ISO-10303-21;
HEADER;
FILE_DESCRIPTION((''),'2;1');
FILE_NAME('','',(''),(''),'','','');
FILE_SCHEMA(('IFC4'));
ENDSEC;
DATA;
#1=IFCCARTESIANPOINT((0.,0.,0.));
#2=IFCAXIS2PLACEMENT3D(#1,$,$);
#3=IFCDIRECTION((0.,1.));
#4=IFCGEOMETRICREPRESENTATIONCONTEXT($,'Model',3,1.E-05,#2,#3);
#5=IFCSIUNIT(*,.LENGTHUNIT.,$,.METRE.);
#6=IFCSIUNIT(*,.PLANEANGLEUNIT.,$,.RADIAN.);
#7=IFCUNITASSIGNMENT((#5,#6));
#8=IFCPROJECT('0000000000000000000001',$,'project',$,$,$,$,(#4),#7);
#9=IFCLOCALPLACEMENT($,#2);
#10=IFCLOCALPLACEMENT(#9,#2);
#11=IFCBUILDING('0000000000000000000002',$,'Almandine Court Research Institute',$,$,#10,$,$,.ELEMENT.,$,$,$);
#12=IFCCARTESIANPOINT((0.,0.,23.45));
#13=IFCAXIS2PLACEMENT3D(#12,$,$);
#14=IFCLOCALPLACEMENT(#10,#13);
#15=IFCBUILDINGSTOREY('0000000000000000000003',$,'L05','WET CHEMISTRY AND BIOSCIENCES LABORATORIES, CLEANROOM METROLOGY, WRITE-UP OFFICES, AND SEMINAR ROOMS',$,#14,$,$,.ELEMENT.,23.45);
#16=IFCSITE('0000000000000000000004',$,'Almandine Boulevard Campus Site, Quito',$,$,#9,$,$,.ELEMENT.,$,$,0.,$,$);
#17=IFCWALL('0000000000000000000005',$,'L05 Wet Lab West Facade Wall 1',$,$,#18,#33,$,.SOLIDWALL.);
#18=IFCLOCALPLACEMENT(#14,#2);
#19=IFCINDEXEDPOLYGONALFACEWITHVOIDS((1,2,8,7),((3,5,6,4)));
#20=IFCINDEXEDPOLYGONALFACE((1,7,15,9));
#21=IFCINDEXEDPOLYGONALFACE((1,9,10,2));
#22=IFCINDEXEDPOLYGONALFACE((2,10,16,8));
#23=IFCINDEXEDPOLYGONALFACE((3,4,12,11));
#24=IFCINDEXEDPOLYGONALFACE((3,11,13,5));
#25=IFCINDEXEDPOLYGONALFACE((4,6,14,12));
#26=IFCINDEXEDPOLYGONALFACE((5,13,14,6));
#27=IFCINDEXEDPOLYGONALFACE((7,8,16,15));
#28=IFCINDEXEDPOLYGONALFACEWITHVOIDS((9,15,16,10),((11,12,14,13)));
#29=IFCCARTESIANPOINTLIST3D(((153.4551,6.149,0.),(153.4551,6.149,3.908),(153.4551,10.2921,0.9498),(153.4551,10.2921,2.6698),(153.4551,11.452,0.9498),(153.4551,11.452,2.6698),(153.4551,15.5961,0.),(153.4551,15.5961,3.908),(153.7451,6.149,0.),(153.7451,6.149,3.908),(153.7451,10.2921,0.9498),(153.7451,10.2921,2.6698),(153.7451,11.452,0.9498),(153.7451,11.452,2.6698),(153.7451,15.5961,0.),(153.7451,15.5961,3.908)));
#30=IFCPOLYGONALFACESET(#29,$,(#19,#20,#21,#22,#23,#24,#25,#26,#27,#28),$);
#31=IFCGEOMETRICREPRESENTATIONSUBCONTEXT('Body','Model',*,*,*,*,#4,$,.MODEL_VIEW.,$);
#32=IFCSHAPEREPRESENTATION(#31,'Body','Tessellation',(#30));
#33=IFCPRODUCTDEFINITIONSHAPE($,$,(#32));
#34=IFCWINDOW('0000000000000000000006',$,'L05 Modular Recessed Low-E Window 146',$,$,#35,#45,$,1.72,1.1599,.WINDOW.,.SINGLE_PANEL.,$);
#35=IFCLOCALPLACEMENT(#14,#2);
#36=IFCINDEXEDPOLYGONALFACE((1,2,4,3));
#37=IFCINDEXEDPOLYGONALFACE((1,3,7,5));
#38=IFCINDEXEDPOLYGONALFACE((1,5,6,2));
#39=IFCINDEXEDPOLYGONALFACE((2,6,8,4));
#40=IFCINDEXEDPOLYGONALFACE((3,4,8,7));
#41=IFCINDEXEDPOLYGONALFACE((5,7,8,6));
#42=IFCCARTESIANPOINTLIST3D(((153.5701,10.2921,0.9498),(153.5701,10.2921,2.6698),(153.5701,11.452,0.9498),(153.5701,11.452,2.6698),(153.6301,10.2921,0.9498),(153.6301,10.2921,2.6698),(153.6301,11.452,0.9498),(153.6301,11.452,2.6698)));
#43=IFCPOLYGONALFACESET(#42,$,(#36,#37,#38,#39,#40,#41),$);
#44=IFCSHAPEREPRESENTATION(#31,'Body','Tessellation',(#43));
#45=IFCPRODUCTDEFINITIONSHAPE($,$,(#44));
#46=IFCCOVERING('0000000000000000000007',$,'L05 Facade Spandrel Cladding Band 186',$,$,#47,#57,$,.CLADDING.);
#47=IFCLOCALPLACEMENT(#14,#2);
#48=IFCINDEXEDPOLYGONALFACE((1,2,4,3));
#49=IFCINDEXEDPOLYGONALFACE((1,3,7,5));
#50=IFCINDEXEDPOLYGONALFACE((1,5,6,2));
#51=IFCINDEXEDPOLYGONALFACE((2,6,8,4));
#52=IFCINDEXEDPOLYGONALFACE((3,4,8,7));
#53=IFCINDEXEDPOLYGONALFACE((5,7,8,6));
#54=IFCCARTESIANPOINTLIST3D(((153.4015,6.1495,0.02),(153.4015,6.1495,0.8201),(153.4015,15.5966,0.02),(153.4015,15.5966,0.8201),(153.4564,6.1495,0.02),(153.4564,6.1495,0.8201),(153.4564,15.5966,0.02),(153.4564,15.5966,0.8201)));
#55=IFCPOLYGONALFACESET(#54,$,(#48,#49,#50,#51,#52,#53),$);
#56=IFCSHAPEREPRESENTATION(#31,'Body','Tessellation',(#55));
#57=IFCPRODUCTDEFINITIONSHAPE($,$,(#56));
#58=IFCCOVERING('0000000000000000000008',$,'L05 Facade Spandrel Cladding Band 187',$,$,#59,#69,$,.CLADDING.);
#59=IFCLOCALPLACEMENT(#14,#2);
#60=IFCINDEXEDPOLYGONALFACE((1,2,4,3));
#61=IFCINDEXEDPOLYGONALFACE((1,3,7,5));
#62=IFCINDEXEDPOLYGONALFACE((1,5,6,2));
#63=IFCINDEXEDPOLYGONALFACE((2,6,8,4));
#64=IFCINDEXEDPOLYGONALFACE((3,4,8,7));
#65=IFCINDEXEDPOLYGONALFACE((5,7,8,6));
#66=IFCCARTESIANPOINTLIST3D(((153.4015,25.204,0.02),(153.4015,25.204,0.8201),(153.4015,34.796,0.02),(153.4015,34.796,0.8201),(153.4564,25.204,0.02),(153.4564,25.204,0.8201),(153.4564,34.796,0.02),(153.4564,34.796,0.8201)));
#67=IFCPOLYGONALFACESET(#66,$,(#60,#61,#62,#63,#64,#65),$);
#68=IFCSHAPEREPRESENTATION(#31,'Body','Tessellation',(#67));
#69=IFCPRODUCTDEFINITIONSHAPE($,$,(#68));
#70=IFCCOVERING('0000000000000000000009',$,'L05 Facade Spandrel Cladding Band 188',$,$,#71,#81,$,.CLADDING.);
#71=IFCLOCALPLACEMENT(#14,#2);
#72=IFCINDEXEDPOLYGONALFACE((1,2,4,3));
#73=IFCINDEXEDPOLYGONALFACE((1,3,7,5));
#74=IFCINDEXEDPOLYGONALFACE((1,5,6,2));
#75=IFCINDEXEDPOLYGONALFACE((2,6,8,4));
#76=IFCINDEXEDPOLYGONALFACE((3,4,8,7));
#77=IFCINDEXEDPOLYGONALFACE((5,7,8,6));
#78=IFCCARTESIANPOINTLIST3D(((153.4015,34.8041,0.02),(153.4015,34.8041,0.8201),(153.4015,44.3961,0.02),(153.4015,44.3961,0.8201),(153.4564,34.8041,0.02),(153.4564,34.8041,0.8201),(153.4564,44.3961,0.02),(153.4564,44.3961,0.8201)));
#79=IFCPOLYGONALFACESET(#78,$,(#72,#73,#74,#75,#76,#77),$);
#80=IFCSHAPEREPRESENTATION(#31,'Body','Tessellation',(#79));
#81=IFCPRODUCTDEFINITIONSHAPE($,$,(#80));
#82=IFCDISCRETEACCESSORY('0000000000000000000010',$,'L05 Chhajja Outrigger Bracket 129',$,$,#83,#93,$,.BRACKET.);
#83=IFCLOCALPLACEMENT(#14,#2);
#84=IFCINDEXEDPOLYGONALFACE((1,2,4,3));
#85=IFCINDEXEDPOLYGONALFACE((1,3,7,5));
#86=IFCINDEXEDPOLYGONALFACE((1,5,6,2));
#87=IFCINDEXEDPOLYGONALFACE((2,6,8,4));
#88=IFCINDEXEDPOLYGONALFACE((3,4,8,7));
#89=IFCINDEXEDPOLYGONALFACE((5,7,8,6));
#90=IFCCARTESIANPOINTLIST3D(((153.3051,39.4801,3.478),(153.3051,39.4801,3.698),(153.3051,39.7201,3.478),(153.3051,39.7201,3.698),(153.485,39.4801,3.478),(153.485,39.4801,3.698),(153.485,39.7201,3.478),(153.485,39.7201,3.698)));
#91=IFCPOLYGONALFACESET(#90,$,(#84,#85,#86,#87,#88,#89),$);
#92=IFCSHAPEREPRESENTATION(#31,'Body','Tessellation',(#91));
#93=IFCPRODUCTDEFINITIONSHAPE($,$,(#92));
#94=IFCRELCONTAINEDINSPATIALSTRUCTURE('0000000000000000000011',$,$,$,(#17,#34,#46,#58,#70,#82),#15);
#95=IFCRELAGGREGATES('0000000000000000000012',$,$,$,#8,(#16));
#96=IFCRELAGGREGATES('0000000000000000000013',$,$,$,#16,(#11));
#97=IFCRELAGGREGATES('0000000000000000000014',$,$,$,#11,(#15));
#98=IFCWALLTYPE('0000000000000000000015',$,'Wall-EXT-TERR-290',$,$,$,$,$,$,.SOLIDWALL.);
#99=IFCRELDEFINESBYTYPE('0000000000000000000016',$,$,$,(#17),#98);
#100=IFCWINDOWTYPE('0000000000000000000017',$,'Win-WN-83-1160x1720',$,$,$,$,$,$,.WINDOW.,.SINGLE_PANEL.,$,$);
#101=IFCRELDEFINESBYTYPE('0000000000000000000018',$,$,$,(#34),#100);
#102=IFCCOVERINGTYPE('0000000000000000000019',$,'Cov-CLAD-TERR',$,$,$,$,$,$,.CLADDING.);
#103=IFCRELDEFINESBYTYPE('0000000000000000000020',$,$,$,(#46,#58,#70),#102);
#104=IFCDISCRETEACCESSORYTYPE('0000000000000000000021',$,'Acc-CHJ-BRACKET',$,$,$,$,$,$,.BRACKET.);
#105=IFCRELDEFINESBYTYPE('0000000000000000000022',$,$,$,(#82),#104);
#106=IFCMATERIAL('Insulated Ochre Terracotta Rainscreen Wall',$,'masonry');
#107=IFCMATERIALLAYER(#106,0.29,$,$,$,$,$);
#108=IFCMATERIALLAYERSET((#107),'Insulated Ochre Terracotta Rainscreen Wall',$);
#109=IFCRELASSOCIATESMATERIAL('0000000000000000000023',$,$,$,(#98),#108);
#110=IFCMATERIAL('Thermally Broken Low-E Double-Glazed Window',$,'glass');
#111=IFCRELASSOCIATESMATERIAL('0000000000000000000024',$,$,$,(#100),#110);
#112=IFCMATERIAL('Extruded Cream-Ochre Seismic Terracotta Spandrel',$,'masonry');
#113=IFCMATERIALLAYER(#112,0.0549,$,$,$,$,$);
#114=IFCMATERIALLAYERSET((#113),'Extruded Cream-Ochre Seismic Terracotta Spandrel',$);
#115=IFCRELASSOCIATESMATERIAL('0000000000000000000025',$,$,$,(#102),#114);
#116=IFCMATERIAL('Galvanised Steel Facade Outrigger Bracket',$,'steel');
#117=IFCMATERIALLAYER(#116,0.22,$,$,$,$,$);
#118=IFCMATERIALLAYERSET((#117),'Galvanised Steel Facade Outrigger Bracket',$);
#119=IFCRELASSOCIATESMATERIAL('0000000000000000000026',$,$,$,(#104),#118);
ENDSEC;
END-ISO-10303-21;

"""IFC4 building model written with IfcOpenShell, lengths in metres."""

from ifc_helpers import new_model, si_unit, direction, frame, frame_2d, origin, origin_2d, place, context, subcontext, project, spatial, rectangle, extrude, material, layer, layer_set, type_object, element, fill, save


model = new_model("IFC4")

# Units and contexts
model_context = context("Model", 3, precision=1e-05, world=origin(), true_north=direction((0.0, 1.0)))
body_context = subcontext(model_context, "Body", "Model", "MODEL_VIEW")
ifc_project = project(units=[si_unit("LENGTHUNIT", "METRE"), si_unit("PLANEANGLEUNIT", "RADIAN")], contexts=[model_context])

# Site, building, storey
site_placement = place(None, origin())
site = spatial("IfcSite", under=ifc_project, at=site_placement, Name="Almandine Boulevard Campus Site, Quito", CompositionType="ELEMENT", RefElevation=0.0)
building_placement = place(site_placement, origin())
building = spatial("IfcBuilding", under=site, at=building_placement, Name="Almandine Court Research Institute", CompositionType="ELEMENT")
storey_placement = place(building_placement, frame((0.0, 0.0, 23.45)))
storey = spatial("IfcBuildingStorey", under=building, at=storey_placement, Name="L05", Description="WET CHEMISTRY AND BIOSCIENCES LABORATORIES, CLEANROOM METROLOGY, WRITE-UP OFFICES, AND SEMINAR ROOMS", CompositionType="ELEMENT", Elevation=23.45)

# Wall, opening, window
ifc_material_1 = material(Name="Insulated Ochre Terracotta Rainscreen Wall", Category="masonry")
ifc_layer_1 = layer(ifc_material_1, 0.29)
ifc_layer_set_1 = layer_set([ifc_layer_1], Name="Insulated Ochre Terracotta Rainscreen Wall")
wall_type = type_object("IfcWallType", Name="Wall-EXT-TERR-290", PredefinedType="SOLIDWALL", material=ifc_layer_set_1)
wall_placement = place(storey_placement, frame((153.6001, 6.1489, 0.0), z_axis=(0.0, 0.0, 1.0), x_axis=(0.0, 1.0, 0.0)))
wall = element("IfcWall", 1, at=wall_placement, inside=storey, type_object=wall_type, Name="L05 Wet Lab West Facade Wall 1", PredefinedType="SOLIDWALL", context=body_context, shape_type="SweptSolid", body=[
    extrude(rectangle(XDim=9.447, YDim=0.29, at=frame_2d((4.7236, 0.0))), origin(), (0.0, 0.0, 1.0), 3.908),
])
opening_placement = place(wall_placement, frame((4.1431, 0.0, 0.95)))
opening = element("IfcOpeningElement", 2, at=opening_placement, cuts=wall, PredefinedType="OPENING", context=body_context, shape_type="SweptSolid", body=[
    extrude(rectangle(XDim=1.1599, YDim=1.72, at=frame_2d((0.5801, 0.8599))), frame((0.0, 0.155, 0.0), z_axis=(0.0, -1.0, 0.0), x_axis=(1.0, 0.0, 0.0)), (0.0, 0.0, 1.0), 0.3101),
])
ifc_material_2 = material(Name="Thermally Broken Low-E Double-Glazed Window", Category="glass")
window_type = type_object("IfcWindowType", Name="Win-WN-83-1160x1720", PartitioningType="SINGLE_PANEL", PredefinedType="WINDOW", material=ifc_material_2)
window_placement = place(opening_placement, origin())
window = element("IfcWindow", 3, at=window_placement, inside=storey, type_object=window_type, Name="L05 Modular Recessed Low-E Window 146", OverallHeight=1.72, OverallWidth=1.1599, PartitioningType="SINGLE_PANEL", PredefinedType="WINDOW", context=body_context, shape_type="SweptSolid", body=[
    extrude(rectangle(XDim=1.1599, YDim=1.72, at=frame_2d((0.5801, 0.8599))), frame((0.0, 0.03, 0.0), z_axis=(0.0, -1.0, 0.0), x_axis=(1.0, 0.0, 0.0)), (0.0, 0.0, 1.0), 0.0601),
])
fill(opening, window)

# Coverings
ifc_material_3 = material(Name="Extruded Cream-Ochre Seismic Terracotta Spandrel", Category="masonry")
ifc_layer_2 = layer(ifc_material_3, 0.0549)
ifc_layer_set_2 = layer_set([ifc_layer_2], Name="Extruded Cream-Ochre Seismic Terracotta Spandrel")
covering_type = type_object("IfcCoveringType", Name="Cov-CLAD-TERR", PredefinedType="CLADDING", material=ifc_layer_set_2)
covering_placement = place(storey_placement, frame((153.429, 10.873, 0.02), z_axis=(0.0, 0.0, 1.0), x_axis=(0.0, 1.0, 0.0)))
element("IfcCovering", 4, at=covering_placement, inside=storey, type_object=covering_type, Name="L05 Facade Spandrel Cladding Band 186", PredefinedType="CLADDING", context=body_context, shape_type="SweptSolid", body=[
    extrude(rectangle(XDim=9.447, YDim=0.0549, at=origin_2d()), origin(), (0.0, 0.0, 1.0), 0.8),
])
for number, where, z_axis, x_axis, name in (
    (5, (153.429, 30.0, 0.02), (0.0, 0.0, 1.0), (0.0, 1.0, 0.0), "L05 Facade Spandrel Cladding Band 187"),
    (6, (153.429, 39.6001, 0.02), (0.0, 0.0, 1.0), (0.0, 1.0, 0.0), "L05 Facade Spandrel Cladding Band 188"),
):
    element("IfcCovering", number, at=place(storey_placement, frame(where, z_axis=z_axis, x_axis=x_axis)), inside=storey, type_object=covering_type, Name=name, PredefinedType="CLADDING", context=body_context, shape_type="SweptSolid", body=[
        extrude(rectangle(XDim=9.592, YDim=0.0549, at=origin_2d()), origin(), (0.0, 0.0, 1.0), 0.8),
    ])

# Discrete accessory
ifc_material_4 = material(Name="Galvanised Steel Facade Outrigger Bracket", Category="steel")
ifc_layer_3 = layer(ifc_material_4, 0.22)
ifc_layer_set_3 = layer_set([ifc_layer_3], Name="Galvanised Steel Facade Outrigger Bracket")
discrete_accessory_type = type_object("IfcDiscreteAccessoryType", Name="Acc-CHJ-BRACKET", PredefinedType="BRACKET", material=ifc_layer_set_3)
discrete_accessory_placement = place(storey_placement, frame((153.395, 39.6001, 3.478), z_axis=(0.0, 0.0, 1.0), x_axis=(0.0, 1.0, 0.0)))
element("IfcDiscreteAccessory", 7, at=discrete_accessory_placement, inside=storey, type_object=discrete_accessory_type, Name="L05 Chhajja Outrigger Bracket 129", PredefinedType="BRACKET", context=body_context, shape_type="SweptSolid", body=[
    extrude(rectangle(XDim=0.24, YDim=0.1799, at=origin_2d()), origin(), (0.0, 0.0, 1.0), 0.22),
])

save(model, "model.ifc")
